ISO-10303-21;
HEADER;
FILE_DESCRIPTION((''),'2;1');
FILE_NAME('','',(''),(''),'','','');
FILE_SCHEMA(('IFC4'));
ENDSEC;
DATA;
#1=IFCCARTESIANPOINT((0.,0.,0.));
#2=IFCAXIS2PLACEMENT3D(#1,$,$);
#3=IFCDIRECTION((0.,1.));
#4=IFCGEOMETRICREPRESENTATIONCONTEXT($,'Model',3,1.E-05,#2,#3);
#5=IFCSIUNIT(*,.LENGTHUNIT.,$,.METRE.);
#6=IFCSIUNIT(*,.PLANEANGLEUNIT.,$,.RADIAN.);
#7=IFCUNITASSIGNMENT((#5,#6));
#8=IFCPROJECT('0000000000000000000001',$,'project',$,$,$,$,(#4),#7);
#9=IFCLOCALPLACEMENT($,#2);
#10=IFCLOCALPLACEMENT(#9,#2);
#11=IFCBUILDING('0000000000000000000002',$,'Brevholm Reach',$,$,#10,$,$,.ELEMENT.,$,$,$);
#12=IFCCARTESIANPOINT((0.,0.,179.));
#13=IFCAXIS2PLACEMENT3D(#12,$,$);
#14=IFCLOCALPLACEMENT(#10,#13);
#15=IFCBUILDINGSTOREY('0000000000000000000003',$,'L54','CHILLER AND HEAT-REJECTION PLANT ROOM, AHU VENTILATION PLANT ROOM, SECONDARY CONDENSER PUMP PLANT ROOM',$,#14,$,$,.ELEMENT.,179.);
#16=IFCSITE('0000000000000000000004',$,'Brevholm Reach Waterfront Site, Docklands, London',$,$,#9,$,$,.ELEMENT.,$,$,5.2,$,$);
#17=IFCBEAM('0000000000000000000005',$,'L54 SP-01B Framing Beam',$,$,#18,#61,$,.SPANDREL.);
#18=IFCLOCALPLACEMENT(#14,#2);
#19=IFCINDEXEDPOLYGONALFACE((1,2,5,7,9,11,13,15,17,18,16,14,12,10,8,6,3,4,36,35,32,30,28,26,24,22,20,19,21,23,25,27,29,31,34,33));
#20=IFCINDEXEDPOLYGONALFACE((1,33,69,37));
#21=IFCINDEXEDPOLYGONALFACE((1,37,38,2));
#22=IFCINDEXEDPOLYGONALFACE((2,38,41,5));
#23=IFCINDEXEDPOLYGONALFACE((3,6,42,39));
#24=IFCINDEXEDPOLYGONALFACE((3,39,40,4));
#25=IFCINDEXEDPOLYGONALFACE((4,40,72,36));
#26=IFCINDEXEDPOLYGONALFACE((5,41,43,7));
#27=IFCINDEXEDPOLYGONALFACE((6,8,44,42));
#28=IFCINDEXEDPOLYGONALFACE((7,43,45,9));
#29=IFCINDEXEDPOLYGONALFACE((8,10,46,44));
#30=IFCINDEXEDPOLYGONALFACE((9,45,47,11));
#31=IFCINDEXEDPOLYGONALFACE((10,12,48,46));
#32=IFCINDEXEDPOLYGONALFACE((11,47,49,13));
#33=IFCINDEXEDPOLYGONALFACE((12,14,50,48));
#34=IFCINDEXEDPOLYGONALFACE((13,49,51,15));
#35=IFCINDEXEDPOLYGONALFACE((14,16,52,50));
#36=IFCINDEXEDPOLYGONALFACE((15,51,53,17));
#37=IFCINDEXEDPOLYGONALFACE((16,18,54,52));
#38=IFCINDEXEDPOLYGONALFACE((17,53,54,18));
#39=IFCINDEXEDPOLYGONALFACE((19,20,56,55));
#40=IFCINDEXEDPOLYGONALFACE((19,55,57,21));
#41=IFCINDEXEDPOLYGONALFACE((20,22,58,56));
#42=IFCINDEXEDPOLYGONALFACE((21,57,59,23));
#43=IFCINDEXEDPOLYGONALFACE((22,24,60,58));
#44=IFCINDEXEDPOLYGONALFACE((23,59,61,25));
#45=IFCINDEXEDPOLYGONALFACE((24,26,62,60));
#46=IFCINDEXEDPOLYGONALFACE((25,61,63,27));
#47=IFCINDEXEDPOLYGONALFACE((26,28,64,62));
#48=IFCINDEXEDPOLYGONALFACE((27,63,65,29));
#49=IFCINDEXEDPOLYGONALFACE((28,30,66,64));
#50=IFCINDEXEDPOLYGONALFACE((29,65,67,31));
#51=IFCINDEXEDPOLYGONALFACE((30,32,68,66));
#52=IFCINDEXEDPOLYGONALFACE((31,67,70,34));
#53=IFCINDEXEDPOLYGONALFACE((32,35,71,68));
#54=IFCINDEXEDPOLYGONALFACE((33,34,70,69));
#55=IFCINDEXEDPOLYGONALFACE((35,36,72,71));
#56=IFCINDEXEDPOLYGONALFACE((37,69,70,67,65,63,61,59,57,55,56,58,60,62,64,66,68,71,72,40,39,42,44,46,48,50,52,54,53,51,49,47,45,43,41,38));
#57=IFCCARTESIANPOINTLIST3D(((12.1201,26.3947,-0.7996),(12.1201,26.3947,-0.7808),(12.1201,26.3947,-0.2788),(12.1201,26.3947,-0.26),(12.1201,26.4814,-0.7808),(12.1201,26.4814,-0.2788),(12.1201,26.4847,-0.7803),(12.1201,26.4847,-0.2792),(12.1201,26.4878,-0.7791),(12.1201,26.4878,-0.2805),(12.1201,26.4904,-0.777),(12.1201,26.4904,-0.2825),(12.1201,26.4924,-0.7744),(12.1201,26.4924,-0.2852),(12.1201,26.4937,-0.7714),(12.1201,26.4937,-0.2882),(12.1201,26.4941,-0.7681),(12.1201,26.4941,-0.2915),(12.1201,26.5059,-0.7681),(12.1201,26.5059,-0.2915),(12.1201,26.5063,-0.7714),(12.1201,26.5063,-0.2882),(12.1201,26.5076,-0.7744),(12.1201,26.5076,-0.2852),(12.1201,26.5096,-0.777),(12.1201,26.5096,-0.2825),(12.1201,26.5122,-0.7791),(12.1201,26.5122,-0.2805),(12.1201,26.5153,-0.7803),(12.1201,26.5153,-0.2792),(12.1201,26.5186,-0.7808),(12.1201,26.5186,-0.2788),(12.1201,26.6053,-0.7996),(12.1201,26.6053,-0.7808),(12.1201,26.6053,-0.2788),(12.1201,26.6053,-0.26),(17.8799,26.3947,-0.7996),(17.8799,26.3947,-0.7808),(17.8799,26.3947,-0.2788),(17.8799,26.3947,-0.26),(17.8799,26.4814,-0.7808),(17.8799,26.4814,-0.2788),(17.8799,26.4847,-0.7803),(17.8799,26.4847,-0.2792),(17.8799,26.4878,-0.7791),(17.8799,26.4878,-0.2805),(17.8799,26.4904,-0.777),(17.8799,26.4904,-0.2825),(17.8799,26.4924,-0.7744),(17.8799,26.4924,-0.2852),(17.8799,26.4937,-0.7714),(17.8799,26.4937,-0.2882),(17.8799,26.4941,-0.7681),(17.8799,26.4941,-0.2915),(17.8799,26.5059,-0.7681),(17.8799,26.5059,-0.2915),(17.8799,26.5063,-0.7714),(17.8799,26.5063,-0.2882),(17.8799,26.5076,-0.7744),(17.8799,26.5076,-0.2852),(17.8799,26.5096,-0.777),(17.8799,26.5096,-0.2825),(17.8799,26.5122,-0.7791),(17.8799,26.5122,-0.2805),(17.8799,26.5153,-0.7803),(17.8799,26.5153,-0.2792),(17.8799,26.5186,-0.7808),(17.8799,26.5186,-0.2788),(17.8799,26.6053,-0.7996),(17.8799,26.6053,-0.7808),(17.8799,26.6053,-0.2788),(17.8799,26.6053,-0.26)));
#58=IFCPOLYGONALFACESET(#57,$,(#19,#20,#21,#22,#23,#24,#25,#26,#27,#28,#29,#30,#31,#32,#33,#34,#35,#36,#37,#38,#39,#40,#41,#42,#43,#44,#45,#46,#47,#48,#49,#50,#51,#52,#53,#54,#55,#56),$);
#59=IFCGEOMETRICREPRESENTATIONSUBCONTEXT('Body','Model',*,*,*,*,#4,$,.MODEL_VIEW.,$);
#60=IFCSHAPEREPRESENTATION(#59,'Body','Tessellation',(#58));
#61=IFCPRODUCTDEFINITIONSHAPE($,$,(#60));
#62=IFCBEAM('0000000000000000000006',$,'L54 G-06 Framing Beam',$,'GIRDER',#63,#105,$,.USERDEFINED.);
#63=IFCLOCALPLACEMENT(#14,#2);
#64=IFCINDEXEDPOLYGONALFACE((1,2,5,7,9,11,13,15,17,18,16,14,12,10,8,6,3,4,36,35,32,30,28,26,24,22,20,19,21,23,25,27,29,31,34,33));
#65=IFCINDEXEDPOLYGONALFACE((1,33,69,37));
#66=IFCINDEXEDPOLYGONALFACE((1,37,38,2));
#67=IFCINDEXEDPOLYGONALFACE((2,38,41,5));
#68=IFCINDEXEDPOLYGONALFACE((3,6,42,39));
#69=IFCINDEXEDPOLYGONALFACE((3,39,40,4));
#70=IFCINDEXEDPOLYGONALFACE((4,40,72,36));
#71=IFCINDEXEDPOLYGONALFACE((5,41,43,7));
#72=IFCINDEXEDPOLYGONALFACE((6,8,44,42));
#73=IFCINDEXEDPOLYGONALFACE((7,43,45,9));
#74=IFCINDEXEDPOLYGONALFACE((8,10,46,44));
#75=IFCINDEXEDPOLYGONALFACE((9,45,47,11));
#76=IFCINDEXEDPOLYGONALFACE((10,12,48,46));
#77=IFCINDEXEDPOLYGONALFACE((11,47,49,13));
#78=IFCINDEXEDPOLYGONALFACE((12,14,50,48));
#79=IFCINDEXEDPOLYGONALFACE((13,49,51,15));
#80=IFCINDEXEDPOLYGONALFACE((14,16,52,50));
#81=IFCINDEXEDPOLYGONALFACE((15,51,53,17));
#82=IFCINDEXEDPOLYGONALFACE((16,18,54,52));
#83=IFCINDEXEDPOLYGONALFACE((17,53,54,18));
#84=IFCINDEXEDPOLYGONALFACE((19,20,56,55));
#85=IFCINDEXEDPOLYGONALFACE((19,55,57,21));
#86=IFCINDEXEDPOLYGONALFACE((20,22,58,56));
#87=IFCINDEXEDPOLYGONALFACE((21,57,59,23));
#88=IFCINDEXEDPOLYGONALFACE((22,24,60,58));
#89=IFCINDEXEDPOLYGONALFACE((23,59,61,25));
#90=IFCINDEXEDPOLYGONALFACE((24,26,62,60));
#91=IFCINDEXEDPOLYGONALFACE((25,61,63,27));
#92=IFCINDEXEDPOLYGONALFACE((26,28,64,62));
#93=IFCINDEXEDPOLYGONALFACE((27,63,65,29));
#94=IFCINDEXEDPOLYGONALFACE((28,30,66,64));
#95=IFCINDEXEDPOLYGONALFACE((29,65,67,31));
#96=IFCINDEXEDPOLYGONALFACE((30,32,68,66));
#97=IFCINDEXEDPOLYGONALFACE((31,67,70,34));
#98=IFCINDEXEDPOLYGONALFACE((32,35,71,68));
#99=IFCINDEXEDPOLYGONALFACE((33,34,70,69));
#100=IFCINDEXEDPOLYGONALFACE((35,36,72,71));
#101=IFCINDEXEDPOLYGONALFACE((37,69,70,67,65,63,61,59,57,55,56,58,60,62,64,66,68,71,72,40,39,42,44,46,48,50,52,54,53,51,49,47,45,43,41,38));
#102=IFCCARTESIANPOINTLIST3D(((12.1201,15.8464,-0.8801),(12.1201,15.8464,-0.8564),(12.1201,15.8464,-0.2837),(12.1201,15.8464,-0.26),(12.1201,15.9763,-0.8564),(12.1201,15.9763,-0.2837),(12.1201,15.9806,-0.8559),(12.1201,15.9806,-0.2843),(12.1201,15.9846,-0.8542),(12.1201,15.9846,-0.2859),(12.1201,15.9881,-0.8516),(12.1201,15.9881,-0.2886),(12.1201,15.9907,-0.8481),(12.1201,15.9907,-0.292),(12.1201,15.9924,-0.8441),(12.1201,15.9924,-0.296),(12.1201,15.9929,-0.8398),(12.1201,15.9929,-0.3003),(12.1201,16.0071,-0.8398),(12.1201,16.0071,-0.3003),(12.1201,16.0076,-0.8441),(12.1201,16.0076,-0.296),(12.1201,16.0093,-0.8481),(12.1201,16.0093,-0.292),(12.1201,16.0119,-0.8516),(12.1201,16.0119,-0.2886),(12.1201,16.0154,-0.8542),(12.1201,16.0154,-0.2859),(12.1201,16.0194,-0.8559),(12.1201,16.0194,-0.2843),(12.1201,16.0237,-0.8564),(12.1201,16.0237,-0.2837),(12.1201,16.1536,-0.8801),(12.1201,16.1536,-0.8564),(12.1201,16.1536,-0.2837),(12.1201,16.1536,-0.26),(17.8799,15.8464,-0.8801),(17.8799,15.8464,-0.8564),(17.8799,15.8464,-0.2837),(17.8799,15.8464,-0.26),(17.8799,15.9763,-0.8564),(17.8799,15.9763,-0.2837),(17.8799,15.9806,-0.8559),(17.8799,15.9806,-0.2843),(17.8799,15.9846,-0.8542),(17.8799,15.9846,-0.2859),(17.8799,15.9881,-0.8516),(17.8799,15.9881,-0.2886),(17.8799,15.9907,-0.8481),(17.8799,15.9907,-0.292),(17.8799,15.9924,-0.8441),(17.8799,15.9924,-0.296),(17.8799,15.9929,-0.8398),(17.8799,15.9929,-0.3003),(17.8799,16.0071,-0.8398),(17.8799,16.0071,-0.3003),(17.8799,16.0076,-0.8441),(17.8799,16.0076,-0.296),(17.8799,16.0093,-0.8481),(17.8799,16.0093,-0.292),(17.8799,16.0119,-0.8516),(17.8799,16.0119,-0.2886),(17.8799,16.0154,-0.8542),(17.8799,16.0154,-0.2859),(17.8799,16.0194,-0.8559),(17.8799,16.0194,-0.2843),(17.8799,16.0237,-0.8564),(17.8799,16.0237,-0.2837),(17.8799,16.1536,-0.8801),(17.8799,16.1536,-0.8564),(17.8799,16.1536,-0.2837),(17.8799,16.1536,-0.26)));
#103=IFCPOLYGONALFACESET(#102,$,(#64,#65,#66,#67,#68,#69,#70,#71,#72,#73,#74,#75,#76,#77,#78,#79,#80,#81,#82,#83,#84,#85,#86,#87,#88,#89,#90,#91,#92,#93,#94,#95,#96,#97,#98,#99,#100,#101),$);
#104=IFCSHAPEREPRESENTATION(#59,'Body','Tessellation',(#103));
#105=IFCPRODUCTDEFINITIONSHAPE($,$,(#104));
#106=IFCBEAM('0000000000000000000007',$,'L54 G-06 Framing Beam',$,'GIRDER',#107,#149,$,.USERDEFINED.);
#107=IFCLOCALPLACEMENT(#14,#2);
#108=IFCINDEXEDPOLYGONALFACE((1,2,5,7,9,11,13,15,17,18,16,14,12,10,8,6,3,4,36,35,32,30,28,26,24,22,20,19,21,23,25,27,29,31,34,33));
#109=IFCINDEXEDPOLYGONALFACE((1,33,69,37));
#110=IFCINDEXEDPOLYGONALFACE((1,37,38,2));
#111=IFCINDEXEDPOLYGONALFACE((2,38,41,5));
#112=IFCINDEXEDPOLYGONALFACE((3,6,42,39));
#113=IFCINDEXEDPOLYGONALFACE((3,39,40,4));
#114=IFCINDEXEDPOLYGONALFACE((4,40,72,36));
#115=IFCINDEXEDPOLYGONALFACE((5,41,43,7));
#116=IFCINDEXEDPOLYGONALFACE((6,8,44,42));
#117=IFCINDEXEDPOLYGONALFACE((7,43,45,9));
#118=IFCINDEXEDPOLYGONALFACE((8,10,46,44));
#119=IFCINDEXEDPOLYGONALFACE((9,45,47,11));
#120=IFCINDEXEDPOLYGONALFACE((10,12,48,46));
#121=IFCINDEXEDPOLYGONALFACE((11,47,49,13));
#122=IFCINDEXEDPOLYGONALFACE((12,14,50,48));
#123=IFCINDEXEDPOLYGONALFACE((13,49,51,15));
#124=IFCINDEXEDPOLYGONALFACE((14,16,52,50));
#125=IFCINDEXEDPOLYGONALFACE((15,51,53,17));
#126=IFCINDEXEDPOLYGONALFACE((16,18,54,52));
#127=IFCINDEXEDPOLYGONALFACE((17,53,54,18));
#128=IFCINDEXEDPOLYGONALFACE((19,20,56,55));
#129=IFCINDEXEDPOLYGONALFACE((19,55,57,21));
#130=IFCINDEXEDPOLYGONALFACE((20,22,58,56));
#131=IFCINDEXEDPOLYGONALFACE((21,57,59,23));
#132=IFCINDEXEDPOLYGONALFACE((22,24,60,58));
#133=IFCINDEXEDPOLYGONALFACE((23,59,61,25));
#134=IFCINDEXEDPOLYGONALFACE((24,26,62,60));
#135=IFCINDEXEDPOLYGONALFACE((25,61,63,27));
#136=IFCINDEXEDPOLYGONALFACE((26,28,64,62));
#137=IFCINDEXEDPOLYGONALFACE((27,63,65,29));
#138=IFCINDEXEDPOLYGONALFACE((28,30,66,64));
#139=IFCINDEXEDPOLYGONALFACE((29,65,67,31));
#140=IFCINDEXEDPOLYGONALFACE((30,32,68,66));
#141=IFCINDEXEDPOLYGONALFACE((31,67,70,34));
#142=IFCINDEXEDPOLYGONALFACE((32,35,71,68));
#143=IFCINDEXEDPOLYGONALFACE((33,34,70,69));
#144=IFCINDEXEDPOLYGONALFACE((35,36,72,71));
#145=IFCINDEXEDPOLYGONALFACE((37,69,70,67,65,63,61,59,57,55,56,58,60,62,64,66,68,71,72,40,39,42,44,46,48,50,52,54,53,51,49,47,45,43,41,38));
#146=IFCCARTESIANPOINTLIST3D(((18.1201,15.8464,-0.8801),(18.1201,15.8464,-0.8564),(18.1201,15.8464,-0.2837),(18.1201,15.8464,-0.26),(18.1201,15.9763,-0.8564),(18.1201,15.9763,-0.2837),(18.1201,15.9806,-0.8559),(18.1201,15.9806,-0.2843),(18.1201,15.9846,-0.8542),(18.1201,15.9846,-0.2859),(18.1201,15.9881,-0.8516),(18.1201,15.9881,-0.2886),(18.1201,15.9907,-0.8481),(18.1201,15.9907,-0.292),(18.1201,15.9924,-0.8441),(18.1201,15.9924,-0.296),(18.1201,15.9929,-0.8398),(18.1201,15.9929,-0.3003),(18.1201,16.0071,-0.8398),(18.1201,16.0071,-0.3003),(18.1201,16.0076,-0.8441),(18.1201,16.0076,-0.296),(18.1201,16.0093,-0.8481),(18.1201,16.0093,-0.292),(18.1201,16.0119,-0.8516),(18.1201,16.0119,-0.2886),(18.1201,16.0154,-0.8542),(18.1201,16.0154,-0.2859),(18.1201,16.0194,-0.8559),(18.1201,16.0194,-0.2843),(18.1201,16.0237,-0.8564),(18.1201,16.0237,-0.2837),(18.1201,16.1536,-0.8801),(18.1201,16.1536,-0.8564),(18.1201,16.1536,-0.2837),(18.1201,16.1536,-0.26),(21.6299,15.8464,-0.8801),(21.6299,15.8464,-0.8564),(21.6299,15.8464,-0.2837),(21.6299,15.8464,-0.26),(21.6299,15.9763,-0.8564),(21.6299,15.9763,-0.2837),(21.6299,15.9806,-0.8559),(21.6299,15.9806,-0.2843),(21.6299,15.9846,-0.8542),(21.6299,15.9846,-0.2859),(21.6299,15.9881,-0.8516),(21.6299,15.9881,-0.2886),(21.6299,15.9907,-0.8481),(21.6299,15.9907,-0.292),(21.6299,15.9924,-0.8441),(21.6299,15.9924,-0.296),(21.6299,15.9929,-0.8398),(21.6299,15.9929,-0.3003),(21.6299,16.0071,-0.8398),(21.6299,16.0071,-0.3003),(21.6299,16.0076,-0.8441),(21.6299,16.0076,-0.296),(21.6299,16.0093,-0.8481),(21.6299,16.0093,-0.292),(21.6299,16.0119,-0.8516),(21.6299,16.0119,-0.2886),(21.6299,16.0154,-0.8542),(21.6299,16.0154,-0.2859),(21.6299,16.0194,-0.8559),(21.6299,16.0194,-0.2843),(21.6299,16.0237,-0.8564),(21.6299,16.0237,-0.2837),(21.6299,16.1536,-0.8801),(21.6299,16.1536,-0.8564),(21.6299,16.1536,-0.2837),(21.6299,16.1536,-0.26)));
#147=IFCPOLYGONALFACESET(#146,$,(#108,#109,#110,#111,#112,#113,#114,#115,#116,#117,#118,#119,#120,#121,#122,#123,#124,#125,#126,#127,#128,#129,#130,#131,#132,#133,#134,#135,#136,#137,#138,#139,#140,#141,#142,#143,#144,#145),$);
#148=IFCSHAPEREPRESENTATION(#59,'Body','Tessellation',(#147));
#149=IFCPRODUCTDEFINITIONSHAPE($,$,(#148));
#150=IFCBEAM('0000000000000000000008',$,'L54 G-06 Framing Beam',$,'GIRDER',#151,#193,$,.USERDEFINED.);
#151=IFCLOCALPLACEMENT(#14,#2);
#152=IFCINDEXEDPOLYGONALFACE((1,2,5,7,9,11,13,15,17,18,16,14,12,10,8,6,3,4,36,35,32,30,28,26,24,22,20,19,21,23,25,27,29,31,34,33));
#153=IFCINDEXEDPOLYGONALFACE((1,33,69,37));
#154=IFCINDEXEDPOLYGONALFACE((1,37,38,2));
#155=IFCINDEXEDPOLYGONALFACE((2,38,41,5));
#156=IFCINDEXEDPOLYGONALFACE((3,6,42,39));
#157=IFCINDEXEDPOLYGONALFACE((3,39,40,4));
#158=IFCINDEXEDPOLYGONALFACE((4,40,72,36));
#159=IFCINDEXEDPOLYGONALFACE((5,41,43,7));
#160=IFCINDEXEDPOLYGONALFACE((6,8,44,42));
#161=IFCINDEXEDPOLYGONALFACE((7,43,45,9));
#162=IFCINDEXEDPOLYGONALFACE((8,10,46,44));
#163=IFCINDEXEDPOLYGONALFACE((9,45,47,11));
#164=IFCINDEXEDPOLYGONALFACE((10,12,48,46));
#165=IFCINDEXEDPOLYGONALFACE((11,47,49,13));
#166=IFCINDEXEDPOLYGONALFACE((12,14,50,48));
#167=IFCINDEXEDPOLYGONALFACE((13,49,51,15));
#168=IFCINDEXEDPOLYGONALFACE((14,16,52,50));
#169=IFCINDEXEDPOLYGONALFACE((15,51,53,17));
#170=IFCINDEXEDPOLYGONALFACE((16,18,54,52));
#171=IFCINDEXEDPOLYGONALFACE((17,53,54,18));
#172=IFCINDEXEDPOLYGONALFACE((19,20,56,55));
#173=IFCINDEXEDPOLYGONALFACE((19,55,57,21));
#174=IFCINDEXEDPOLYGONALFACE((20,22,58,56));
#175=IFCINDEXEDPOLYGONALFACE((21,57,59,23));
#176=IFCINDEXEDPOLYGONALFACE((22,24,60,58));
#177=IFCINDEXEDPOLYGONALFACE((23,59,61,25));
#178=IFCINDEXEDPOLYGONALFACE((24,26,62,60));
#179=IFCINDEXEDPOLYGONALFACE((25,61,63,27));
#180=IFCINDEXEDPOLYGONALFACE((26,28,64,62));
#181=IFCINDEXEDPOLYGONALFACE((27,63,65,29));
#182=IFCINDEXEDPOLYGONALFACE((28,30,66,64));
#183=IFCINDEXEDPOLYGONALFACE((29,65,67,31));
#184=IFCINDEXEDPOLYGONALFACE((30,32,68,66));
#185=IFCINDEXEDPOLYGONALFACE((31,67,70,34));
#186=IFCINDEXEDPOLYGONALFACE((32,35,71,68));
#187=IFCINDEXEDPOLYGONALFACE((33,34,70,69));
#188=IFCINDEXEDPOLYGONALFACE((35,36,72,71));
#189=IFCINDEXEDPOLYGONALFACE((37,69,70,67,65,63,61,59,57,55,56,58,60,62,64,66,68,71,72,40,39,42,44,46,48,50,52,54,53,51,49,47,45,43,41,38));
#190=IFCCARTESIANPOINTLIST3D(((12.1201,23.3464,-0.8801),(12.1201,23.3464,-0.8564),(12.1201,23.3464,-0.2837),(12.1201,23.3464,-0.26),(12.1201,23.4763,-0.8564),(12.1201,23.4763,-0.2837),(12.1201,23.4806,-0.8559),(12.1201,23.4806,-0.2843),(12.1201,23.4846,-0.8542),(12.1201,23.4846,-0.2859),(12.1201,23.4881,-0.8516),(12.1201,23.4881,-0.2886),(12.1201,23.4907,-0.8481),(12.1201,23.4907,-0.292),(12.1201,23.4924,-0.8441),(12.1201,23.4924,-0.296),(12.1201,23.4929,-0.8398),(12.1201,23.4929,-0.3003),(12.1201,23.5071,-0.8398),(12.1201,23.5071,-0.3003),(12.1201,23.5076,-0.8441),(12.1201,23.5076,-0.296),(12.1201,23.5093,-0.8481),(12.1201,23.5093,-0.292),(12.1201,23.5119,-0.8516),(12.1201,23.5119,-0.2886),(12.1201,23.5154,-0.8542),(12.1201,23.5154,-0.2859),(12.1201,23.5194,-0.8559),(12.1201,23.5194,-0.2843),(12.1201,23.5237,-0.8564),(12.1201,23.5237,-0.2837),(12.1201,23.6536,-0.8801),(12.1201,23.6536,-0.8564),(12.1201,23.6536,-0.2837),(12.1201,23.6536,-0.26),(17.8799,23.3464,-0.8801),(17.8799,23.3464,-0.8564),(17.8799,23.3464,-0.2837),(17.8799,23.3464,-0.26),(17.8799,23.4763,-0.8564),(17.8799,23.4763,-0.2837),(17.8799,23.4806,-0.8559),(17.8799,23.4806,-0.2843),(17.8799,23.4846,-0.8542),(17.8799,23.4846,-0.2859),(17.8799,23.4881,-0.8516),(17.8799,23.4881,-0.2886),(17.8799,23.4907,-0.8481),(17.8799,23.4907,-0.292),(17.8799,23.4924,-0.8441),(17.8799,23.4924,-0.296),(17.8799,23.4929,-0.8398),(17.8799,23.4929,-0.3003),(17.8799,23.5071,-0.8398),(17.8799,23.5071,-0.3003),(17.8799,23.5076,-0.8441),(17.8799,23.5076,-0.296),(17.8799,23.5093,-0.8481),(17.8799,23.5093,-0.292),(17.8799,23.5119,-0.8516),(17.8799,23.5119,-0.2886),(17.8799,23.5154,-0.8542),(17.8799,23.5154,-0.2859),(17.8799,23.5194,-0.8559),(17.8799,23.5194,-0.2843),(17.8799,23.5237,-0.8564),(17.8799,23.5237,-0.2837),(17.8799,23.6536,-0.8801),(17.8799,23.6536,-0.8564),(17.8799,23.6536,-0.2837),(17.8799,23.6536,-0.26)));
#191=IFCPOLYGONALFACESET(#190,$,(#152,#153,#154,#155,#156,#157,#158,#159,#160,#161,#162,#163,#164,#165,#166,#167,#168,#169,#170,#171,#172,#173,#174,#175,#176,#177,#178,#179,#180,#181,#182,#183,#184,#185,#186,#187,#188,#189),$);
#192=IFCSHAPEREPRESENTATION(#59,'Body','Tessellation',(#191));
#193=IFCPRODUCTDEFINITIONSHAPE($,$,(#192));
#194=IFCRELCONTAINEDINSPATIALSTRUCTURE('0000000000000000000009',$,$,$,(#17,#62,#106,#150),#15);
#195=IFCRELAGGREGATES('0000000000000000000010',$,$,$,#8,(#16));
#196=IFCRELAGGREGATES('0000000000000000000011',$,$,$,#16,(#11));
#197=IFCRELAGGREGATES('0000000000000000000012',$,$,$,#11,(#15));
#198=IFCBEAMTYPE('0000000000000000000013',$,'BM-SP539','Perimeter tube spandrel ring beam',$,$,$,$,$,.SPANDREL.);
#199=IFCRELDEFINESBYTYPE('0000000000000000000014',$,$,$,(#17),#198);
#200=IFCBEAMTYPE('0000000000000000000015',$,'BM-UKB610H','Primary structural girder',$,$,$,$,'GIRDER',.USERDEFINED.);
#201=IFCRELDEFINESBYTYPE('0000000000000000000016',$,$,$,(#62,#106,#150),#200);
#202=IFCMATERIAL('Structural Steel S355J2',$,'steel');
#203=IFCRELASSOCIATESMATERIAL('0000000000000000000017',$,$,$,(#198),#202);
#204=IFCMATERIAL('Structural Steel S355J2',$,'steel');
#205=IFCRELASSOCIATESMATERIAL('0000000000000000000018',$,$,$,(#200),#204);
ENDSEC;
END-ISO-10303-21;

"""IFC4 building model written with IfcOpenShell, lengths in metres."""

from ifc_helpers import new_model, si_unit, direction, frame, origin, origin_2d, place, context, subcontext, project, spatial, i_section, extrude, material, material_profile, profile_set, type_object, element, save


model = new_model("IFC4")

# Units and contexts
model_context = context("Model", 3, precision=1e-05, world=origin(), true_north=direction((0.0, 1.0)))
body_context = subcontext(model_context, "Body", "Model", "MODEL_VIEW")
ifc_project = project(units=[si_unit("LENGTHUNIT", "METRE"), si_unit("PLANEANGLEUNIT", "RADIAN")], contexts=[model_context])

# Site, building, storey
site_placement = place(None, origin())
site = spatial("IfcSite", under=ifc_project, at=site_placement, Name="Brevholm Reach Waterfront Site, Docklands, London", CompositionType="ELEMENT", RefElevation=5.2)
building_placement = place(site_placement, origin())
building = spatial("IfcBuilding", under=site, at=building_placement, Name="Brevholm Reach", CompositionType="ELEMENT")
storey_placement = place(building_placement, frame((0.0, 0.0, 179.0)))
storey = spatial("IfcBuildingStorey", under=building, at=storey_placement, Name="L54", Description="CHILLER AND HEAT-REJECTION PLANT ROOM, AHU VENTILATION PLANT ROOM, SECONDARY CONDENSER PUMP PLANT ROOM", CompositionType="ELEMENT", Elevation=179.0)

# Beams
ifc_material_1 = material(Name="Structural Steel S355J2", Category="steel")
ifc_material_profile_1 = material_profile(ifc_material_1, i_section(OverallWidth=0.2107, OverallDepth=0.5396, WebThickness=0.0117, FlangeThickness=0.0188, FilletRadius=0.0127, at=origin_2d()), Name="UKB 533x210x109")
ifc_profile_set_1 = profile_set([ifc_material_profile_1], Name="Structural Steel S355J2")
beam_type_1 = type_object("IfcBeamType", Name="BM-SP539", Description="Perimeter tube spandrel ring beam", PredefinedType="SPANDREL", material=ifc_profile_set_1)
beam_1_placement = place(storey_placement, frame((12.1201, 26.5, -0.5298), z_axis=(1.0, 0.0, 0.0), x_axis=(0.0, 1.0, 0.0)))
element("IfcBeam", 1, at=beam_1_placement, inside=storey, type_object=beam_type_1, Name="L54 SP-01B Framing Beam", PredefinedType="SPANDREL", context=body_context, shape_type="SweptSolid", body=[
    extrude(i_section(OverallWidth=0.2107, OverallDepth=0.5396, WebThickness=0.0117, FlangeThickness=0.0188, FilletRadius=0.0127, at=origin_2d()), origin(), (0.0, 0.0, 1.0), 5.7598),
])
ifc_material_2 = material(Name="Structural Steel S355J2", Category="steel")
ifc_material_profile_2 = material_profile(ifc_material_2, i_section(OverallWidth=0.3071, OverallDepth=0.6201, WebThickness=0.0142, FlangeThickness=0.0237, FilletRadius=0.0166, at=origin_2d()), Name="UKB 610x305x179")
ifc_profile_set_2 = profile_set([ifc_material_profile_2], Name="Structural Steel S355J2")
beam_type_2 = type_object("IfcBeamType", Name="BM-UKB610H", Description="Primary structural girder", ElementType="GIRDER", PredefinedType="USERDEFINED", material=ifc_profile_set_2)
beam_2_placement = place(storey_placement, frame((12.1201, 16.0, -0.5701), z_axis=(1.0, 0.0, 0.0), x_axis=(0.0, 1.0, 0.0)))
element("IfcBeam", 2, at=beam_2_placement, inside=storey, type_object=beam_type_2, Name="L54 G-06 Framing Beam", ObjectType="GIRDER", PredefinedType="USERDEFINED", context=body_context, shape_type="SweptSolid", body=[
    extrude(i_section(OverallWidth=0.3071, OverallDepth=0.6201, WebThickness=0.0142, FlangeThickness=0.0237, FilletRadius=0.0166, at=origin_2d()), origin(), (0.0, 0.0, 1.0), 5.7598),
])
beam_3_placement = place(storey_placement, frame((18.1201, 16.0, -0.5701), z_axis=(1.0, 0.0, 0.0), x_axis=(0.0, 1.0, 0.0)))
element("IfcBeam", 3, at=beam_3_placement, inside=storey, type_object=beam_type_2, Name="L54 G-06 Framing Beam", ObjectType="GIRDER", PredefinedType="USERDEFINED", context=body_context, shape_type="SweptSolid", body=[
    extrude(i_section(OverallWidth=0.3071, OverallDepth=0.6201, WebThickness=0.0142, FlangeThickness=0.0237, FilletRadius=0.0166, at=origin_2d()), origin(), (0.0, 0.0, 1.0), 3.5098),
])
beam_4_placement = place(storey_placement, frame((12.1201, 23.5, -0.5701), z_axis=(1.0, 0.0, 0.0), x_axis=(0.0, 1.0, 0.0)))
element("IfcBeam", 4, at=beam_4_placement, inside=storey, type_object=beam_type_2, Name="L54 G-06 Framing Beam", ObjectType="GIRDER", PredefinedType="USERDEFINED", context=body_context, shape_type="SweptSolid", body=[
    extrude(i_section(OverallWidth=0.3071, OverallDepth=0.6201, WebThickness=0.0142, FlangeThickness=0.0237, FilletRadius=0.0166, at=origin_2d()), origin(), (0.0, 0.0, 1.0), 5.7598),
])

save(model, "model.ifc")
